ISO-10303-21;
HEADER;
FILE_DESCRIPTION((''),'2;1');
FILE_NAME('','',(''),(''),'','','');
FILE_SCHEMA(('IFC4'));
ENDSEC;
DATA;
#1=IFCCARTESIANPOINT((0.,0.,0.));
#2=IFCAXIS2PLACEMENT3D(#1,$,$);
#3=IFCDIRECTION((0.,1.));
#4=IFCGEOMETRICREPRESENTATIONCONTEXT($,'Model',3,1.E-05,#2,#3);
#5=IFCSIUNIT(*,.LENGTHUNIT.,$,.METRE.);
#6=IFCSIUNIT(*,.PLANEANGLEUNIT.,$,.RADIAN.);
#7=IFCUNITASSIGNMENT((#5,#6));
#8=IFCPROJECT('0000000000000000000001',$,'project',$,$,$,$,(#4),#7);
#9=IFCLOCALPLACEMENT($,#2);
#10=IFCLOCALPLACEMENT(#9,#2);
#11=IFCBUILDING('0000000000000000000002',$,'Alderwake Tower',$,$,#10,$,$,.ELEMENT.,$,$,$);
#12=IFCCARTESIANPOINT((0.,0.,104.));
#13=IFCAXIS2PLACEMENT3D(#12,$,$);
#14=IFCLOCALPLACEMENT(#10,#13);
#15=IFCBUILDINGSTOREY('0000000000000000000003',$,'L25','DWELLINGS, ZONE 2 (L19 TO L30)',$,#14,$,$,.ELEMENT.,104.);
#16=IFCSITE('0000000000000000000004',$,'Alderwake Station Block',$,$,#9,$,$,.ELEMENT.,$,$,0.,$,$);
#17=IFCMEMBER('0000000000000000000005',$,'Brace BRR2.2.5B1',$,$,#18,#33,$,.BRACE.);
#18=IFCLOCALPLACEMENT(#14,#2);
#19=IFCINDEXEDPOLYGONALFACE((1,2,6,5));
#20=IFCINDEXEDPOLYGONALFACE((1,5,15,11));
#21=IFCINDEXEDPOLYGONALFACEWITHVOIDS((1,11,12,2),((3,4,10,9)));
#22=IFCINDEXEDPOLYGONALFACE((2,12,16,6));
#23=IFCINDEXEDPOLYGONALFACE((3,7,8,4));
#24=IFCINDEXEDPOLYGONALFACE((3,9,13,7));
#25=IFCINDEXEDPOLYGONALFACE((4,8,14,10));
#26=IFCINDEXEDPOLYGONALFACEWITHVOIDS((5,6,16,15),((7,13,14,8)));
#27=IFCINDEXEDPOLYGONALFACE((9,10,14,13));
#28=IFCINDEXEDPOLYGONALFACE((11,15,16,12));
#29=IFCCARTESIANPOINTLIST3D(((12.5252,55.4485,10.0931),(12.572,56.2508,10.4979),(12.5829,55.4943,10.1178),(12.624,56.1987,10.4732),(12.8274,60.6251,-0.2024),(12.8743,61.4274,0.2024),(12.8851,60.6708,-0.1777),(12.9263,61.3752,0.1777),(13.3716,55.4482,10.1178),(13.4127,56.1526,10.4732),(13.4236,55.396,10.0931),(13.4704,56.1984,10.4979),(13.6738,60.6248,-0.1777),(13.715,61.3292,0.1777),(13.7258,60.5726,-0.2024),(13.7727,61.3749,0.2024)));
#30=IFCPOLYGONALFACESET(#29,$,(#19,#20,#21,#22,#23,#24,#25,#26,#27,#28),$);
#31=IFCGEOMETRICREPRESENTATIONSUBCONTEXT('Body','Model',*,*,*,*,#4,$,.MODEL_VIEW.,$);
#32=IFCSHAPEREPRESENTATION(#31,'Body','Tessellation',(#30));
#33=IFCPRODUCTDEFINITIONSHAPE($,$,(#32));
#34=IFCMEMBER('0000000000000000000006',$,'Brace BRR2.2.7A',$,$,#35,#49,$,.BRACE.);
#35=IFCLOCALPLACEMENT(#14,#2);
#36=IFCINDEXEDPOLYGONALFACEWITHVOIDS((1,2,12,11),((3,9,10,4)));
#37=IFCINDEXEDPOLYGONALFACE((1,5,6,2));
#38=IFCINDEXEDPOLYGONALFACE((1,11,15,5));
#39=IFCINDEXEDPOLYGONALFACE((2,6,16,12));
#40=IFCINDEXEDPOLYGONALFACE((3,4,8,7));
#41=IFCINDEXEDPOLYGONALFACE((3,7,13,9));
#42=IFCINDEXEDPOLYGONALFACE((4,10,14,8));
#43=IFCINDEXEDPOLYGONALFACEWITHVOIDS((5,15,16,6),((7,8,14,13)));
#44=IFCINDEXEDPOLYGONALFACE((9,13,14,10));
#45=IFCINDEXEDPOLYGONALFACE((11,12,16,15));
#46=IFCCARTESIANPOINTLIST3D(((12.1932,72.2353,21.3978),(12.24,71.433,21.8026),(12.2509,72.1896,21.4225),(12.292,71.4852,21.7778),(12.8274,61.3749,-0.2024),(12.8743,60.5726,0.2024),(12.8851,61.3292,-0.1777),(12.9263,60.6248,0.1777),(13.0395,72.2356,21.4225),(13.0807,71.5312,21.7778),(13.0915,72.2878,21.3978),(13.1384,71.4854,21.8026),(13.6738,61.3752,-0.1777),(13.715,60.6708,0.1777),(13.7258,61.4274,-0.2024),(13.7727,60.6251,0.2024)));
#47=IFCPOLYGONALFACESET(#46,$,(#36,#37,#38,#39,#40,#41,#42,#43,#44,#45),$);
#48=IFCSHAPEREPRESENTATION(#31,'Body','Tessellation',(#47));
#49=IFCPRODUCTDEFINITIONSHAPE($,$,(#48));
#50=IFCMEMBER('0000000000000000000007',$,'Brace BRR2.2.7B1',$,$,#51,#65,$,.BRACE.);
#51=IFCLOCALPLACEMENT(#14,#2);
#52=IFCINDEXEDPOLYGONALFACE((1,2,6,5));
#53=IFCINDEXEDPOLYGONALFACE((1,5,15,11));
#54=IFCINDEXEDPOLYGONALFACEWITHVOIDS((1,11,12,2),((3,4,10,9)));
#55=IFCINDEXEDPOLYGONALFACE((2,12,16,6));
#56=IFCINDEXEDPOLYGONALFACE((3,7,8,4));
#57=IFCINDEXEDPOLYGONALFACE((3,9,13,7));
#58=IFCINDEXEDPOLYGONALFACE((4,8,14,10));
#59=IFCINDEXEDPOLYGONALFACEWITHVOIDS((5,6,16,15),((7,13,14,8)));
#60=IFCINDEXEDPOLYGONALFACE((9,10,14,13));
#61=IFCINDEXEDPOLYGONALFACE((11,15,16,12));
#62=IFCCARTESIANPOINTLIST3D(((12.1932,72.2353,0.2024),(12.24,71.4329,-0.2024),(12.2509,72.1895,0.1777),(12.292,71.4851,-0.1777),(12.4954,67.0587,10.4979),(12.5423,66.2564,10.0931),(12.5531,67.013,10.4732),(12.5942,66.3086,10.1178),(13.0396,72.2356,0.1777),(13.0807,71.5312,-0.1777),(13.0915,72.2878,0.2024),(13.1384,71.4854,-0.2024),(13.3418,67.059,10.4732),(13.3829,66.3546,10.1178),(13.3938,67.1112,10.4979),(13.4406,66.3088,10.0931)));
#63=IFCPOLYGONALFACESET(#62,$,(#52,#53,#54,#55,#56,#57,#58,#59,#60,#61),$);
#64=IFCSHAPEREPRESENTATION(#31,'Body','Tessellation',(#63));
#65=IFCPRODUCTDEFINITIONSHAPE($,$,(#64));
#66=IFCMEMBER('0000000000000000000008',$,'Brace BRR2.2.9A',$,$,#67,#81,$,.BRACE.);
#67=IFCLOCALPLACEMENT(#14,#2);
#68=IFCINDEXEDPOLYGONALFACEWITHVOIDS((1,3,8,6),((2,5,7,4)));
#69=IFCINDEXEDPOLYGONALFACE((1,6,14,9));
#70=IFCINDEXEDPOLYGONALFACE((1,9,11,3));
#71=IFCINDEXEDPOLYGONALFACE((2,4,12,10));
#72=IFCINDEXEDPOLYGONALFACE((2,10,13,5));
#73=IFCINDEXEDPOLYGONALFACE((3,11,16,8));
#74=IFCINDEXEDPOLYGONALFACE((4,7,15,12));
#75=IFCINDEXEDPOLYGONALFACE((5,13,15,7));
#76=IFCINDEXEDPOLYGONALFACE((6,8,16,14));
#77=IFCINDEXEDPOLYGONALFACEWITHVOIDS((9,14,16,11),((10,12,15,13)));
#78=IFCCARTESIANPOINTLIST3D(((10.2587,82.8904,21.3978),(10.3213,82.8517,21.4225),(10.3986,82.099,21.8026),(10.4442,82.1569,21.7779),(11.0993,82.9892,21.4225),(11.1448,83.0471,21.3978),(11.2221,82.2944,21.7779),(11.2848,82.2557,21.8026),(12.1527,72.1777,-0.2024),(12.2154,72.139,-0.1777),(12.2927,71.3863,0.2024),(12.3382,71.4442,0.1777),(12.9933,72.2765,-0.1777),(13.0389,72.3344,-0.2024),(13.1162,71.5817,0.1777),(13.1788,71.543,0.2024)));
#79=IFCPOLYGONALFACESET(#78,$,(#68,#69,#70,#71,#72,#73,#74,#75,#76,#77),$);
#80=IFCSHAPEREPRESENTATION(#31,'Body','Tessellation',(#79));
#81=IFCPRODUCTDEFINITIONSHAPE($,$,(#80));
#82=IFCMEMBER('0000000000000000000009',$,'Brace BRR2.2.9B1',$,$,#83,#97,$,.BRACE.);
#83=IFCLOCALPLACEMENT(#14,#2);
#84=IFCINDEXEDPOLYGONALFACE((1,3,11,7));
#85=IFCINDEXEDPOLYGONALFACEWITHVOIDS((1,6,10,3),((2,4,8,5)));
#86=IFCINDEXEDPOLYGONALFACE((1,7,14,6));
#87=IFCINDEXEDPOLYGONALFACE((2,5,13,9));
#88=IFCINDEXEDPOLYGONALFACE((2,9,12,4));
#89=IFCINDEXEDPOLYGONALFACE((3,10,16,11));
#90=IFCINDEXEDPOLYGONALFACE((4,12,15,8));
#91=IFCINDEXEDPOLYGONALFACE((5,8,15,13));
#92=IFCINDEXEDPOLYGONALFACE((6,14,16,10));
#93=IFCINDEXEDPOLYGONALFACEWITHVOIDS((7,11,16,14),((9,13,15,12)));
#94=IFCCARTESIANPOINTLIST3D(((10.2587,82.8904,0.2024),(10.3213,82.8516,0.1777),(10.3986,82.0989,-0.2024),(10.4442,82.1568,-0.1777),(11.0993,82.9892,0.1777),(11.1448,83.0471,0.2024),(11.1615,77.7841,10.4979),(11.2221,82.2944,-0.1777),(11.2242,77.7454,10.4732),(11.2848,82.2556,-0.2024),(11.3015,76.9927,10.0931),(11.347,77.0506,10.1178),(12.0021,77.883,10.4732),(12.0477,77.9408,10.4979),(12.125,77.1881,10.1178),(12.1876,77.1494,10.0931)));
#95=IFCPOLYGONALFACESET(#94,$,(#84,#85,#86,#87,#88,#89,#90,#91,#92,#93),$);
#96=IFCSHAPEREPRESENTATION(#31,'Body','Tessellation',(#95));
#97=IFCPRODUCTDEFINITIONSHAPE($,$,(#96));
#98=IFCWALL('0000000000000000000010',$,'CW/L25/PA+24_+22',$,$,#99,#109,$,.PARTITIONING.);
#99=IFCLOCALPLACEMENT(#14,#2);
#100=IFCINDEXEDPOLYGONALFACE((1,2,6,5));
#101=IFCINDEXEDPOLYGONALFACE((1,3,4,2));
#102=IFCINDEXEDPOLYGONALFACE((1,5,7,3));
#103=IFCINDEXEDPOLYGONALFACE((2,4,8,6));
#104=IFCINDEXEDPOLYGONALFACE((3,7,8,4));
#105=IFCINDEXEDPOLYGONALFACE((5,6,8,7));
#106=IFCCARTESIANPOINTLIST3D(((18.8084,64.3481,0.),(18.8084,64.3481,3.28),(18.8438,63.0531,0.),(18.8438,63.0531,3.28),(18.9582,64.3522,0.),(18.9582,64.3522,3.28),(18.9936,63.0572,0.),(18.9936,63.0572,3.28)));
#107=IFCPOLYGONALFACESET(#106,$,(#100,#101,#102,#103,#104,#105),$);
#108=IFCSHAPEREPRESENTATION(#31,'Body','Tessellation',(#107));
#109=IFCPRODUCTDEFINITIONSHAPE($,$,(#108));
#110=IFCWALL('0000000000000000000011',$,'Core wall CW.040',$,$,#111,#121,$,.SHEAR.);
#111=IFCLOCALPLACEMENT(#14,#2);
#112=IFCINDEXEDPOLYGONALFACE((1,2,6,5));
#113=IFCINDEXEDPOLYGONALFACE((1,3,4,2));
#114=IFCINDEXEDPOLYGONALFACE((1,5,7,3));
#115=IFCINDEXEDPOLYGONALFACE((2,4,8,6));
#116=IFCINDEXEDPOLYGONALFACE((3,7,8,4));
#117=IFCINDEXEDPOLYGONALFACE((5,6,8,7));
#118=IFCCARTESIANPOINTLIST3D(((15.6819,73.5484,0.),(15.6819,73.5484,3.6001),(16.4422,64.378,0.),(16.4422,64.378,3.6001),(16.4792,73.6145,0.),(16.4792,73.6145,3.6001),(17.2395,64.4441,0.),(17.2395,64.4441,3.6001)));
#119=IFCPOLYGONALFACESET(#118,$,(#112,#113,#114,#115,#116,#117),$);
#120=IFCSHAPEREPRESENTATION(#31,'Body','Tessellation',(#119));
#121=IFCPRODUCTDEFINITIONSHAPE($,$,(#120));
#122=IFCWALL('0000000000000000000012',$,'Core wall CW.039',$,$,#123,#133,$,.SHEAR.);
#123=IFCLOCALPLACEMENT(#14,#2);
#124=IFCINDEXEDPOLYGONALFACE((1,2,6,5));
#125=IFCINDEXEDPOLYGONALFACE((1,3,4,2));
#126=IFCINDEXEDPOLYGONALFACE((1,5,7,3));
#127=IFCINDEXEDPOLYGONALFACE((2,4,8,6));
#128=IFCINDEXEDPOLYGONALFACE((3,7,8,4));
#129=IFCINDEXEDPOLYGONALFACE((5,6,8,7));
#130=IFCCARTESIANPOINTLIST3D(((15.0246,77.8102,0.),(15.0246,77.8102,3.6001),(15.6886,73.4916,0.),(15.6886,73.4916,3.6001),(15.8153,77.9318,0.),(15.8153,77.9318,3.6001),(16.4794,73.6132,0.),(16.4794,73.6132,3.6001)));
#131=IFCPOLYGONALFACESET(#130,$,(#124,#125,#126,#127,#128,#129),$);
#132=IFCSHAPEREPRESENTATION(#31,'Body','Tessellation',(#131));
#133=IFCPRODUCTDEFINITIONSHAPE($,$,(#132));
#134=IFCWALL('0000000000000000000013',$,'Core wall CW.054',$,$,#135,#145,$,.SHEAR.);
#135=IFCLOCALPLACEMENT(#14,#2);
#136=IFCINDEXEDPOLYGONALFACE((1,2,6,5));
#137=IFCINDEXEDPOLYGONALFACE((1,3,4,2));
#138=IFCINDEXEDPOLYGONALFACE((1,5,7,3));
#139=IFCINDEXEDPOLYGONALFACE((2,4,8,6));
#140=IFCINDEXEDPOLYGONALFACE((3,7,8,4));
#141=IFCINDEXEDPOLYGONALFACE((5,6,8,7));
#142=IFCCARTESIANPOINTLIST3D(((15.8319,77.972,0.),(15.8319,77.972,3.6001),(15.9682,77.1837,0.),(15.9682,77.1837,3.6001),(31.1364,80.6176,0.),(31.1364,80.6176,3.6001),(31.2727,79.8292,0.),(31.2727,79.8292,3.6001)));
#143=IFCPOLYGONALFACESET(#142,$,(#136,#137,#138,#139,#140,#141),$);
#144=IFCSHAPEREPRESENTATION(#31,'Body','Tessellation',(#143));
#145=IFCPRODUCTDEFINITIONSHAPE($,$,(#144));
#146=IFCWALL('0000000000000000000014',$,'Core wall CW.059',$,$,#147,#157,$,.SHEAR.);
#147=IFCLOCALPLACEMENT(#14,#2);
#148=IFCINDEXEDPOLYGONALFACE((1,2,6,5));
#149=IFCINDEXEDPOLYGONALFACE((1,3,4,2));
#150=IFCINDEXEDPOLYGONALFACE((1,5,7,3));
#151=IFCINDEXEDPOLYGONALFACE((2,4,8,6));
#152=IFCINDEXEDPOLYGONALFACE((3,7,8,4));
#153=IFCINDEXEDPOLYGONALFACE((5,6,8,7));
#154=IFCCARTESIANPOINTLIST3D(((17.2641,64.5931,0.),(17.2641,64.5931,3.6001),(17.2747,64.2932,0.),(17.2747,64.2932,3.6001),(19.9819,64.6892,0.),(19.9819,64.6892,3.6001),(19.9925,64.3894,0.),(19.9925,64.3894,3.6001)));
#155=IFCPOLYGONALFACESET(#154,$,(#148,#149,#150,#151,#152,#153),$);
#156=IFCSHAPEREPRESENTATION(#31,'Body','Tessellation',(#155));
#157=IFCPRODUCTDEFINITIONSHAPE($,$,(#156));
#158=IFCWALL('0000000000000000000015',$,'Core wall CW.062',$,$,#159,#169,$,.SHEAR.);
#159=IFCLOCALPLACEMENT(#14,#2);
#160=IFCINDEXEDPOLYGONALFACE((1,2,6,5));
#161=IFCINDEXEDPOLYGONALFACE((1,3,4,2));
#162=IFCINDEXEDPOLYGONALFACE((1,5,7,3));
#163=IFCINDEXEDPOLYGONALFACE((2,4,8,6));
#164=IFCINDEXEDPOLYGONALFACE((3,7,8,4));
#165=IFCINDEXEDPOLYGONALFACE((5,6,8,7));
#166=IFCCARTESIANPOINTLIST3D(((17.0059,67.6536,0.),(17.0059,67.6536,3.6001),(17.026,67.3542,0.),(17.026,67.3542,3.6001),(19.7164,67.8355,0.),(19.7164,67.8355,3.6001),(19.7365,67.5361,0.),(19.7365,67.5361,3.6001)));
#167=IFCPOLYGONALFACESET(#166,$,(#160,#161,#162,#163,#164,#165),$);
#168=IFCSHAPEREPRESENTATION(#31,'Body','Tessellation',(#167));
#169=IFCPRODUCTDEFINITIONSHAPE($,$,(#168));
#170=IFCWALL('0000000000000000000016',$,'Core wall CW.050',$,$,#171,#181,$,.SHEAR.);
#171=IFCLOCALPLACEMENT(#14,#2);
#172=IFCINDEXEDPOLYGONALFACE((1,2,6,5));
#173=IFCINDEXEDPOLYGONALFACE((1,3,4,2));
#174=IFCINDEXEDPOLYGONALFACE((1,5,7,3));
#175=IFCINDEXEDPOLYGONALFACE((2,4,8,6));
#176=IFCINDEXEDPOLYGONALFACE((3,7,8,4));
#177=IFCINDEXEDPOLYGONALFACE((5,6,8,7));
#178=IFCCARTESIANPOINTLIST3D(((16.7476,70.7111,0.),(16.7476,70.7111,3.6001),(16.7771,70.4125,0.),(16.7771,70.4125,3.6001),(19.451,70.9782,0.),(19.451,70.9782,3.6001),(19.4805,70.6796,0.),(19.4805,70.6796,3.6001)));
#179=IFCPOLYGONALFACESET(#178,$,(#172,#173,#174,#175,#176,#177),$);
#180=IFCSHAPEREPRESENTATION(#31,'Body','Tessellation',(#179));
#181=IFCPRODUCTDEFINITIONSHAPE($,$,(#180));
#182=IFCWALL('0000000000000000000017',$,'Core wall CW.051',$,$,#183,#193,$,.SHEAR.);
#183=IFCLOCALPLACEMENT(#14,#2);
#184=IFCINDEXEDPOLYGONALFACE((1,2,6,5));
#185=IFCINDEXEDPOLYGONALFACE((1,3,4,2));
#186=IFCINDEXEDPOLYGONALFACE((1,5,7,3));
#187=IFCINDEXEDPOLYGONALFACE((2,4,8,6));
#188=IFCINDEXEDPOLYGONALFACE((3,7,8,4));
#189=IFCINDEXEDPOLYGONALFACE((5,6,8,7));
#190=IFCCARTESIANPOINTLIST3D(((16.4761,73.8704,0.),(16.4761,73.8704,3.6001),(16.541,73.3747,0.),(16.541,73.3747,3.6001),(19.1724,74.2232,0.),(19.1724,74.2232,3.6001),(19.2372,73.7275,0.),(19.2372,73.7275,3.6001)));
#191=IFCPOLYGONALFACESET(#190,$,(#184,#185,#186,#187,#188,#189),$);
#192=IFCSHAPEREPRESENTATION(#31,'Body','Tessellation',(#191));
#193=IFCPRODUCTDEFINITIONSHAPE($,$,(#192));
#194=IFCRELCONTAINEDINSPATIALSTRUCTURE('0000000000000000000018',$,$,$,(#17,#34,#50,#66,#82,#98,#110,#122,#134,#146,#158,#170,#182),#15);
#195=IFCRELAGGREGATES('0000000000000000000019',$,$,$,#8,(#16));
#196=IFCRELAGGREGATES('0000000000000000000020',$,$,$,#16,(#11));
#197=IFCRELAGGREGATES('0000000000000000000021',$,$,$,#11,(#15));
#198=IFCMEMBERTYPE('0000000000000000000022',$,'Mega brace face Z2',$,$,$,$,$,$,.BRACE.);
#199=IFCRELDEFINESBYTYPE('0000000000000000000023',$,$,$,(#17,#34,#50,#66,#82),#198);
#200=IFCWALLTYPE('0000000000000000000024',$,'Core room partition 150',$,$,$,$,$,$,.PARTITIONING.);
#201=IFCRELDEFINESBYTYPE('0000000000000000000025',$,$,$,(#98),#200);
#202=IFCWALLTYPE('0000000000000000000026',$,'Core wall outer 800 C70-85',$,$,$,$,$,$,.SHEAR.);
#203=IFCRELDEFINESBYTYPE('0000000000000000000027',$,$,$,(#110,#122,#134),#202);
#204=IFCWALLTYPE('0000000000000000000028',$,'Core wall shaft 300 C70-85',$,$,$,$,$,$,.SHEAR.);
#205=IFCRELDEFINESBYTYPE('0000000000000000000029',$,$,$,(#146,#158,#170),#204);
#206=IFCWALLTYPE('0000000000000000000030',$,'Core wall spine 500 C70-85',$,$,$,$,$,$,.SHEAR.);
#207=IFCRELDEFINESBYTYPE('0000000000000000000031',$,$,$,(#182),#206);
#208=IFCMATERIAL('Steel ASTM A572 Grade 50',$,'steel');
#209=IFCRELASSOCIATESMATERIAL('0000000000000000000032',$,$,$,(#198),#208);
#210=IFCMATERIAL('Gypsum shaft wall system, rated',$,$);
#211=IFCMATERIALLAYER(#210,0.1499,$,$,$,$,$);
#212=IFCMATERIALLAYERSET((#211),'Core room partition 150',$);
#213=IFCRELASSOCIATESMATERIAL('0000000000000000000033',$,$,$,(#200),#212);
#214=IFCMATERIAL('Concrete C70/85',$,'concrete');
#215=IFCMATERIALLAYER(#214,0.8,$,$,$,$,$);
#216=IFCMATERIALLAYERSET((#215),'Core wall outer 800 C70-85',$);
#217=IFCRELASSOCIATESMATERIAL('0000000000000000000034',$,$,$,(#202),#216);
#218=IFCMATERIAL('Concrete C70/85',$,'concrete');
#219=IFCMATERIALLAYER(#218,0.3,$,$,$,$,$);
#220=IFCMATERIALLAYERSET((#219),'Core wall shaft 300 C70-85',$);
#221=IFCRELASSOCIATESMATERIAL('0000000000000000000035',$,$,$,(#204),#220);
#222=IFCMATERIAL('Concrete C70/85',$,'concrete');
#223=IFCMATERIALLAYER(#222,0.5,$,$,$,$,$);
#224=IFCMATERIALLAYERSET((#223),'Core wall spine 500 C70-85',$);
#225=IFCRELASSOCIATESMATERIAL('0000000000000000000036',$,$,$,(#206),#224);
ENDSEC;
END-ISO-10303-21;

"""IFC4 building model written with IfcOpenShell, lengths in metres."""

from ifc_helpers import new_model, si_unit, direction, frame, frame_2d, origin, origin_2d, place, context, subcontext, project, spatial, rectangle, hollow_rectangle, extrude, material, layer, layer_set, material_profile, profile_set, type_object, element, save


model = new_model("IFC4")

# Units and contexts
model_context = context("Model", 3, precision=1e-05, world=origin(), true_north=direction((0.0, 1.0)))
body_context = subcontext(model_context, "Body", "Model", "MODEL_VIEW")
ifc_project = project(units=[si_unit("LENGTHUNIT", "METRE"), si_unit("PLANEANGLEUNIT", "RADIAN")], contexts=[model_context])

# Site, building, storey
site_placement = place(None, origin())
site = spatial("IfcSite", under=ifc_project, at=site_placement, Name="Alderwake Station Block", CompositionType="ELEMENT", RefElevation=0.0)
building_placement = place(site_placement, origin())
building = spatial("IfcBuilding", under=site, at=building_placement, Name="Alderwake Tower", CompositionType="ELEMENT")
storey_placement = place(building_placement, frame((0.0, 0.0, 104.0)))
storey = spatial("IfcBuildingStorey", under=building, at=storey_placement, Name="L25", Description="DWELLINGS, ZONE 2 (L19 TO L30)", CompositionType="ELEMENT", Elevation=104.0)

# Members
ifc_material_1 = material(Name="Steel ASTM A572 Grade 50", Category="steel")
ifc_material_profile_1 = material_profile(ifc_material_1, hollow_rectangle(XDim=0.8999, YDim=0.8999, WallThickness=0.0549, at=origin_2d()), Name="BOX 900X900X55")
ifc_profile_set_1 = profile_set([ifc_material_profile_1], Name="Steel ASTM A572 Grade 50")
member_type = type_object("IfcMemberType", Name="Mega brace face Z2", PredefinedType="BRACE", material=ifc_profile_set_1)
member_1_placement = place(storey_placement, frame((13.3, 61.0, 0.0), z_axis=(-0.02622, -0.449058, 0.893118), x_axis=(0.9983, -0.058289, 0.0)))
element("IfcMember", 1, at=member_1_placement, inside=storey, type_object=member_type, Name="Brace BRR2.2.5B1", PredefinedType="BRACE", context=body_context, shape_type="SweptSolid", body=[
    extrude(hollow_rectangle(XDim=0.8999, YDim=0.8999, WallThickness=0.0549, at=origin_2d()), origin(), (0.0, 0.0, 1.0), 11.5276),
])
member_2_placement = place(storey_placement, frame((13.3, 61.0, 0.0), z_axis=(-0.026226, 0.449053, 0.89312), x_axis=(-0.998299, -0.058304, 0.0)))
element("IfcMember", 2, at=member_2_placement, inside=storey, type_object=member_type, Name="Brace BRR2.2.7A", PredefinedType="BRACE", context=body_context, shape_type="SweptSolid", body=[
    extrude(hollow_rectangle(XDim=0.8999, YDim=0.8999, WallThickness=0.0549, at=origin_2d()), origin(), (0.0, 0.0, 1.0), 24.1851),
])
member_3_placement = place(storey_placement, frame((12.6658, 71.8604, 0.0), z_axis=(0.02622, -0.449058, 0.893118), x_axis=(0.9983, 0.058289, 0.0)))
element("IfcMember", 3, at=member_3_placement, inside=storey, type_object=member_type, Name="Brace BRR2.2.7B1", PredefinedType="BRACE", context=body_context, shape_type="SweptSolid", body=[
    extrude(hollow_rectangle(XDim=0.8999, YDim=0.8999, WallThickness=0.0549, at=origin_2d()), origin(), (0.0, 0.0, 1.0), 11.5276),
])
member_4_placement = place(storey_placement, frame((12.6658, 71.8604, 0.0), z_axis=(-0.078315, 0.442947, 0.893121), x_axis=(-0.984727, -0.174104, 0.0)))
element("IfcMember", 4, at=member_4_placement, inside=storey, type_object=member_type, Name="Brace BRR2.2.9A", PredefinedType="BRACE", context=body_context, shape_type="SweptSolid", body=[
    extrude(hollow_rectangle(XDim=0.8999, YDim=0.8999, WallThickness=0.0549, at=origin_2d()), origin(), (0.0, 0.0, 1.0), 24.1851),
])
member_5_placement = place(storey_placement, frame((10.7717, 82.573, 0.0), z_axis=(0.07832, -0.442957, 0.893115), x_axis=(0.984726, 0.17411, 0.0)))
element("IfcMember", 5, at=member_5_placement, inside=storey, type_object=member_type, Name="Brace BRR2.2.9B1", PredefinedType="BRACE", context=body_context, shape_type="SweptSolid", body=[
    extrude(hollow_rectangle(XDim=0.8999, YDim=0.8999, WallThickness=0.0549, at=origin_2d()), origin(), (0.0, 0.0, 1.0), 11.5276),
])

# Walls
ifc_material_2 = material(Name="Gypsum shaft wall system, rated")
ifc_layer_1 = layer(ifc_material_2, 0.1499)
ifc_layer_set_1 = layer_set([ifc_layer_1], Name="Core room partition 150")
wall_type_1 = type_object("IfcWallType", Name="Core room partition 150", PredefinedType="PARTITIONING", material=ifc_layer_set_1)
wall_1_placement = place(storey_placement, frame((18.9187, 63.0552, 0.0), z_axis=(0.0, 0.0, 1.0), x_axis=(-0.027328, 0.999627, 0.0)))
element("IfcWall", 6, at=wall_1_placement, inside=storey, type_object=wall_type_1, Name="CW/L25/PA+24_+22", PredefinedType="PARTITIONING", context=body_context, shape_type="SweptSolid", body=[
    extrude(rectangle(XDim=1.2954, YDim=0.1499, at=frame_2d((0.6477, 0.0))), origin(), (0.0, 0.0, 1.0), 3.28),
])
ifc_material_3 = material(Name="Concrete C70/85", Category="concrete")
ifc_layer_2 = layer(ifc_material_3, 0.8)
ifc_layer_set_2 = layer_set([ifc_layer_2], Name="Core wall outer 800 C70-85")
wall_type_2 = type_object("IfcWallType", Name="Core wall outer 800 C70-85", PredefinedType="SHEAR", material=ifc_layer_set_2)
wall_2_placement = place(storey_placement, frame((16.8408, 64.4109, 0.0), z_axis=(0.0, 0.0, 1.0), x_axis=(-0.08262, 0.996581, 0.0)))
element("IfcWall", 7, at=wall_2_placement, inside=storey, type_object=wall_type_2, Name="Core wall CW.040", PredefinedType="SHEAR", context=body_context, shape_type="SweptSolid", body=[
    extrude(rectangle(XDim=9.2019, YDim=0.8, at=frame_2d((4.6011, 0.0))), origin(), (0.0, 0.0, 1.0), 3.6001),
])
wall_3_placement = place(storey_placement, frame((16.084, 73.5525, 0.0), z_axis=(0.0, 0.0, 1.0), x_axis=(-0.151982, 0.988383, 0.0)))
element("IfcWall", 8, at=wall_3_placement, inside=storey, type_object=wall_type_2, Name="Core wall CW.039", PredefinedType="SHEAR", context=body_context, shape_type="SweptSolid", body=[
    extrude(rectangle(XDim=4.3694, YDim=0.8, at=frame_2d((2.1846, 0.0))), origin(), (0.0, 0.0, 1.0), 3.6001),
])
wall_4_placement = place(storey_placement, frame((15.9001, 77.5779, 0.0), z_axis=(0.0, 0.0, 1.0), x_axis=(0.985387, 0.170333, 0.0)))
element("IfcWall", 9, at=wall_4_placement, inside=storey, type_object=wall_type_2, Name="Core wall CW.054", PredefinedType="SHEAR", context=body_context, shape_type="SweptSolid", body=[
    extrude(rectangle(XDim=15.5315, YDim=0.8, at=frame_2d((7.7656, 0.0))), origin(), (0.0, 0.0, 1.0), 3.6001),
])
ifc_material_4 = material(Name="Concrete C70/85", Category="concrete")
ifc_layer_3 = layer(ifc_material_4, 0.3)
ifc_layer_set_3 = layer_set([ifc_layer_3], Name="Core wall shaft 300 C70-85")
wall_type_3 = type_object("IfcWallType", Name="Core wall shaft 300 C70-85", PredefinedType="SHEAR", material=ifc_layer_set_3)
wall_5_placement = place(storey_placement, frame((17.2693, 64.4431, 0.0), z_axis=(0.0, 0.0, 1.0), x_axis=(0.999374, 0.035371, 0.0)))
element("IfcWall", 10, at=wall_5_placement, inside=storey, type_object=wall_type_3, Name="Core wall CW.059", PredefinedType="SHEAR", context=body_context, shape_type="SweptSolid", body=[
    extrude(rectangle(XDim=2.7195, YDim=0.3, at=frame_2d((1.3599, 0.0))), origin(), (0.0, 0.0, 1.0), 3.6001),
])
for number, where, z_axis, x_axis, name in (
    (11, (17.0159, 67.5039, 0.0), (0.0, 0.0, 1.0), (0.997756, 0.066954, 0.0), "Core wall CW.062"),
    (12, (16.7622, 70.5618, 0.0), (0.0, 0.0, 1.0), (0.995155, 0.09832, 0.0), "Core wall CW.050"),
):
    element("IfcWall", number, at=place(storey_placement, frame(where, z_axis=z_axis, x_axis=x_axis)), inside=storey, type_object=wall_type_3, Name=name, PredefinedType="SHEAR", context=body_context, shape_type="SweptSolid", body=[
        extrude(rectangle(XDim=2.7166, YDim=0.3, at=frame_2d((1.3584, 0.0))), origin(), (0.0, 0.0, 1.0), 3.6001),
    ])
ifc_material_5 = material(Name="Concrete C70/85", Category="concrete")
ifc_layer_4 = layer(ifc_material_5, 0.5)
ifc_layer_set_4 = layer_set([ifc_layer_4], Name="Core wall spine 500 C70-85")
wall_type_4 = type_object("IfcWallType", Name="Core wall spine 500 C70-85", PredefinedType="SHEAR", material=ifc_layer_set_4)
wall_6_placement = place(storey_placement, frame((16.5085, 73.6226, 0.0), z_axis=(0.0, 0.0, 1.0), x_axis=(0.991549, 0.129735, 0.0)))
element("IfcWall", 13, at=wall_6_placement, inside=storey, type_object=wall_type_4, Name="Core wall CW.051", PredefinedType="SHEAR", context=body_context, shape_type="SweptSolid", body=[
    extrude(rectangle(XDim=2.7192, YDim=0.5, at=frame_2d((1.3596, 0.0))), origin(), (0.0, 0.0, 1.0), 3.6001),
])

save(model, "model.ifc")
